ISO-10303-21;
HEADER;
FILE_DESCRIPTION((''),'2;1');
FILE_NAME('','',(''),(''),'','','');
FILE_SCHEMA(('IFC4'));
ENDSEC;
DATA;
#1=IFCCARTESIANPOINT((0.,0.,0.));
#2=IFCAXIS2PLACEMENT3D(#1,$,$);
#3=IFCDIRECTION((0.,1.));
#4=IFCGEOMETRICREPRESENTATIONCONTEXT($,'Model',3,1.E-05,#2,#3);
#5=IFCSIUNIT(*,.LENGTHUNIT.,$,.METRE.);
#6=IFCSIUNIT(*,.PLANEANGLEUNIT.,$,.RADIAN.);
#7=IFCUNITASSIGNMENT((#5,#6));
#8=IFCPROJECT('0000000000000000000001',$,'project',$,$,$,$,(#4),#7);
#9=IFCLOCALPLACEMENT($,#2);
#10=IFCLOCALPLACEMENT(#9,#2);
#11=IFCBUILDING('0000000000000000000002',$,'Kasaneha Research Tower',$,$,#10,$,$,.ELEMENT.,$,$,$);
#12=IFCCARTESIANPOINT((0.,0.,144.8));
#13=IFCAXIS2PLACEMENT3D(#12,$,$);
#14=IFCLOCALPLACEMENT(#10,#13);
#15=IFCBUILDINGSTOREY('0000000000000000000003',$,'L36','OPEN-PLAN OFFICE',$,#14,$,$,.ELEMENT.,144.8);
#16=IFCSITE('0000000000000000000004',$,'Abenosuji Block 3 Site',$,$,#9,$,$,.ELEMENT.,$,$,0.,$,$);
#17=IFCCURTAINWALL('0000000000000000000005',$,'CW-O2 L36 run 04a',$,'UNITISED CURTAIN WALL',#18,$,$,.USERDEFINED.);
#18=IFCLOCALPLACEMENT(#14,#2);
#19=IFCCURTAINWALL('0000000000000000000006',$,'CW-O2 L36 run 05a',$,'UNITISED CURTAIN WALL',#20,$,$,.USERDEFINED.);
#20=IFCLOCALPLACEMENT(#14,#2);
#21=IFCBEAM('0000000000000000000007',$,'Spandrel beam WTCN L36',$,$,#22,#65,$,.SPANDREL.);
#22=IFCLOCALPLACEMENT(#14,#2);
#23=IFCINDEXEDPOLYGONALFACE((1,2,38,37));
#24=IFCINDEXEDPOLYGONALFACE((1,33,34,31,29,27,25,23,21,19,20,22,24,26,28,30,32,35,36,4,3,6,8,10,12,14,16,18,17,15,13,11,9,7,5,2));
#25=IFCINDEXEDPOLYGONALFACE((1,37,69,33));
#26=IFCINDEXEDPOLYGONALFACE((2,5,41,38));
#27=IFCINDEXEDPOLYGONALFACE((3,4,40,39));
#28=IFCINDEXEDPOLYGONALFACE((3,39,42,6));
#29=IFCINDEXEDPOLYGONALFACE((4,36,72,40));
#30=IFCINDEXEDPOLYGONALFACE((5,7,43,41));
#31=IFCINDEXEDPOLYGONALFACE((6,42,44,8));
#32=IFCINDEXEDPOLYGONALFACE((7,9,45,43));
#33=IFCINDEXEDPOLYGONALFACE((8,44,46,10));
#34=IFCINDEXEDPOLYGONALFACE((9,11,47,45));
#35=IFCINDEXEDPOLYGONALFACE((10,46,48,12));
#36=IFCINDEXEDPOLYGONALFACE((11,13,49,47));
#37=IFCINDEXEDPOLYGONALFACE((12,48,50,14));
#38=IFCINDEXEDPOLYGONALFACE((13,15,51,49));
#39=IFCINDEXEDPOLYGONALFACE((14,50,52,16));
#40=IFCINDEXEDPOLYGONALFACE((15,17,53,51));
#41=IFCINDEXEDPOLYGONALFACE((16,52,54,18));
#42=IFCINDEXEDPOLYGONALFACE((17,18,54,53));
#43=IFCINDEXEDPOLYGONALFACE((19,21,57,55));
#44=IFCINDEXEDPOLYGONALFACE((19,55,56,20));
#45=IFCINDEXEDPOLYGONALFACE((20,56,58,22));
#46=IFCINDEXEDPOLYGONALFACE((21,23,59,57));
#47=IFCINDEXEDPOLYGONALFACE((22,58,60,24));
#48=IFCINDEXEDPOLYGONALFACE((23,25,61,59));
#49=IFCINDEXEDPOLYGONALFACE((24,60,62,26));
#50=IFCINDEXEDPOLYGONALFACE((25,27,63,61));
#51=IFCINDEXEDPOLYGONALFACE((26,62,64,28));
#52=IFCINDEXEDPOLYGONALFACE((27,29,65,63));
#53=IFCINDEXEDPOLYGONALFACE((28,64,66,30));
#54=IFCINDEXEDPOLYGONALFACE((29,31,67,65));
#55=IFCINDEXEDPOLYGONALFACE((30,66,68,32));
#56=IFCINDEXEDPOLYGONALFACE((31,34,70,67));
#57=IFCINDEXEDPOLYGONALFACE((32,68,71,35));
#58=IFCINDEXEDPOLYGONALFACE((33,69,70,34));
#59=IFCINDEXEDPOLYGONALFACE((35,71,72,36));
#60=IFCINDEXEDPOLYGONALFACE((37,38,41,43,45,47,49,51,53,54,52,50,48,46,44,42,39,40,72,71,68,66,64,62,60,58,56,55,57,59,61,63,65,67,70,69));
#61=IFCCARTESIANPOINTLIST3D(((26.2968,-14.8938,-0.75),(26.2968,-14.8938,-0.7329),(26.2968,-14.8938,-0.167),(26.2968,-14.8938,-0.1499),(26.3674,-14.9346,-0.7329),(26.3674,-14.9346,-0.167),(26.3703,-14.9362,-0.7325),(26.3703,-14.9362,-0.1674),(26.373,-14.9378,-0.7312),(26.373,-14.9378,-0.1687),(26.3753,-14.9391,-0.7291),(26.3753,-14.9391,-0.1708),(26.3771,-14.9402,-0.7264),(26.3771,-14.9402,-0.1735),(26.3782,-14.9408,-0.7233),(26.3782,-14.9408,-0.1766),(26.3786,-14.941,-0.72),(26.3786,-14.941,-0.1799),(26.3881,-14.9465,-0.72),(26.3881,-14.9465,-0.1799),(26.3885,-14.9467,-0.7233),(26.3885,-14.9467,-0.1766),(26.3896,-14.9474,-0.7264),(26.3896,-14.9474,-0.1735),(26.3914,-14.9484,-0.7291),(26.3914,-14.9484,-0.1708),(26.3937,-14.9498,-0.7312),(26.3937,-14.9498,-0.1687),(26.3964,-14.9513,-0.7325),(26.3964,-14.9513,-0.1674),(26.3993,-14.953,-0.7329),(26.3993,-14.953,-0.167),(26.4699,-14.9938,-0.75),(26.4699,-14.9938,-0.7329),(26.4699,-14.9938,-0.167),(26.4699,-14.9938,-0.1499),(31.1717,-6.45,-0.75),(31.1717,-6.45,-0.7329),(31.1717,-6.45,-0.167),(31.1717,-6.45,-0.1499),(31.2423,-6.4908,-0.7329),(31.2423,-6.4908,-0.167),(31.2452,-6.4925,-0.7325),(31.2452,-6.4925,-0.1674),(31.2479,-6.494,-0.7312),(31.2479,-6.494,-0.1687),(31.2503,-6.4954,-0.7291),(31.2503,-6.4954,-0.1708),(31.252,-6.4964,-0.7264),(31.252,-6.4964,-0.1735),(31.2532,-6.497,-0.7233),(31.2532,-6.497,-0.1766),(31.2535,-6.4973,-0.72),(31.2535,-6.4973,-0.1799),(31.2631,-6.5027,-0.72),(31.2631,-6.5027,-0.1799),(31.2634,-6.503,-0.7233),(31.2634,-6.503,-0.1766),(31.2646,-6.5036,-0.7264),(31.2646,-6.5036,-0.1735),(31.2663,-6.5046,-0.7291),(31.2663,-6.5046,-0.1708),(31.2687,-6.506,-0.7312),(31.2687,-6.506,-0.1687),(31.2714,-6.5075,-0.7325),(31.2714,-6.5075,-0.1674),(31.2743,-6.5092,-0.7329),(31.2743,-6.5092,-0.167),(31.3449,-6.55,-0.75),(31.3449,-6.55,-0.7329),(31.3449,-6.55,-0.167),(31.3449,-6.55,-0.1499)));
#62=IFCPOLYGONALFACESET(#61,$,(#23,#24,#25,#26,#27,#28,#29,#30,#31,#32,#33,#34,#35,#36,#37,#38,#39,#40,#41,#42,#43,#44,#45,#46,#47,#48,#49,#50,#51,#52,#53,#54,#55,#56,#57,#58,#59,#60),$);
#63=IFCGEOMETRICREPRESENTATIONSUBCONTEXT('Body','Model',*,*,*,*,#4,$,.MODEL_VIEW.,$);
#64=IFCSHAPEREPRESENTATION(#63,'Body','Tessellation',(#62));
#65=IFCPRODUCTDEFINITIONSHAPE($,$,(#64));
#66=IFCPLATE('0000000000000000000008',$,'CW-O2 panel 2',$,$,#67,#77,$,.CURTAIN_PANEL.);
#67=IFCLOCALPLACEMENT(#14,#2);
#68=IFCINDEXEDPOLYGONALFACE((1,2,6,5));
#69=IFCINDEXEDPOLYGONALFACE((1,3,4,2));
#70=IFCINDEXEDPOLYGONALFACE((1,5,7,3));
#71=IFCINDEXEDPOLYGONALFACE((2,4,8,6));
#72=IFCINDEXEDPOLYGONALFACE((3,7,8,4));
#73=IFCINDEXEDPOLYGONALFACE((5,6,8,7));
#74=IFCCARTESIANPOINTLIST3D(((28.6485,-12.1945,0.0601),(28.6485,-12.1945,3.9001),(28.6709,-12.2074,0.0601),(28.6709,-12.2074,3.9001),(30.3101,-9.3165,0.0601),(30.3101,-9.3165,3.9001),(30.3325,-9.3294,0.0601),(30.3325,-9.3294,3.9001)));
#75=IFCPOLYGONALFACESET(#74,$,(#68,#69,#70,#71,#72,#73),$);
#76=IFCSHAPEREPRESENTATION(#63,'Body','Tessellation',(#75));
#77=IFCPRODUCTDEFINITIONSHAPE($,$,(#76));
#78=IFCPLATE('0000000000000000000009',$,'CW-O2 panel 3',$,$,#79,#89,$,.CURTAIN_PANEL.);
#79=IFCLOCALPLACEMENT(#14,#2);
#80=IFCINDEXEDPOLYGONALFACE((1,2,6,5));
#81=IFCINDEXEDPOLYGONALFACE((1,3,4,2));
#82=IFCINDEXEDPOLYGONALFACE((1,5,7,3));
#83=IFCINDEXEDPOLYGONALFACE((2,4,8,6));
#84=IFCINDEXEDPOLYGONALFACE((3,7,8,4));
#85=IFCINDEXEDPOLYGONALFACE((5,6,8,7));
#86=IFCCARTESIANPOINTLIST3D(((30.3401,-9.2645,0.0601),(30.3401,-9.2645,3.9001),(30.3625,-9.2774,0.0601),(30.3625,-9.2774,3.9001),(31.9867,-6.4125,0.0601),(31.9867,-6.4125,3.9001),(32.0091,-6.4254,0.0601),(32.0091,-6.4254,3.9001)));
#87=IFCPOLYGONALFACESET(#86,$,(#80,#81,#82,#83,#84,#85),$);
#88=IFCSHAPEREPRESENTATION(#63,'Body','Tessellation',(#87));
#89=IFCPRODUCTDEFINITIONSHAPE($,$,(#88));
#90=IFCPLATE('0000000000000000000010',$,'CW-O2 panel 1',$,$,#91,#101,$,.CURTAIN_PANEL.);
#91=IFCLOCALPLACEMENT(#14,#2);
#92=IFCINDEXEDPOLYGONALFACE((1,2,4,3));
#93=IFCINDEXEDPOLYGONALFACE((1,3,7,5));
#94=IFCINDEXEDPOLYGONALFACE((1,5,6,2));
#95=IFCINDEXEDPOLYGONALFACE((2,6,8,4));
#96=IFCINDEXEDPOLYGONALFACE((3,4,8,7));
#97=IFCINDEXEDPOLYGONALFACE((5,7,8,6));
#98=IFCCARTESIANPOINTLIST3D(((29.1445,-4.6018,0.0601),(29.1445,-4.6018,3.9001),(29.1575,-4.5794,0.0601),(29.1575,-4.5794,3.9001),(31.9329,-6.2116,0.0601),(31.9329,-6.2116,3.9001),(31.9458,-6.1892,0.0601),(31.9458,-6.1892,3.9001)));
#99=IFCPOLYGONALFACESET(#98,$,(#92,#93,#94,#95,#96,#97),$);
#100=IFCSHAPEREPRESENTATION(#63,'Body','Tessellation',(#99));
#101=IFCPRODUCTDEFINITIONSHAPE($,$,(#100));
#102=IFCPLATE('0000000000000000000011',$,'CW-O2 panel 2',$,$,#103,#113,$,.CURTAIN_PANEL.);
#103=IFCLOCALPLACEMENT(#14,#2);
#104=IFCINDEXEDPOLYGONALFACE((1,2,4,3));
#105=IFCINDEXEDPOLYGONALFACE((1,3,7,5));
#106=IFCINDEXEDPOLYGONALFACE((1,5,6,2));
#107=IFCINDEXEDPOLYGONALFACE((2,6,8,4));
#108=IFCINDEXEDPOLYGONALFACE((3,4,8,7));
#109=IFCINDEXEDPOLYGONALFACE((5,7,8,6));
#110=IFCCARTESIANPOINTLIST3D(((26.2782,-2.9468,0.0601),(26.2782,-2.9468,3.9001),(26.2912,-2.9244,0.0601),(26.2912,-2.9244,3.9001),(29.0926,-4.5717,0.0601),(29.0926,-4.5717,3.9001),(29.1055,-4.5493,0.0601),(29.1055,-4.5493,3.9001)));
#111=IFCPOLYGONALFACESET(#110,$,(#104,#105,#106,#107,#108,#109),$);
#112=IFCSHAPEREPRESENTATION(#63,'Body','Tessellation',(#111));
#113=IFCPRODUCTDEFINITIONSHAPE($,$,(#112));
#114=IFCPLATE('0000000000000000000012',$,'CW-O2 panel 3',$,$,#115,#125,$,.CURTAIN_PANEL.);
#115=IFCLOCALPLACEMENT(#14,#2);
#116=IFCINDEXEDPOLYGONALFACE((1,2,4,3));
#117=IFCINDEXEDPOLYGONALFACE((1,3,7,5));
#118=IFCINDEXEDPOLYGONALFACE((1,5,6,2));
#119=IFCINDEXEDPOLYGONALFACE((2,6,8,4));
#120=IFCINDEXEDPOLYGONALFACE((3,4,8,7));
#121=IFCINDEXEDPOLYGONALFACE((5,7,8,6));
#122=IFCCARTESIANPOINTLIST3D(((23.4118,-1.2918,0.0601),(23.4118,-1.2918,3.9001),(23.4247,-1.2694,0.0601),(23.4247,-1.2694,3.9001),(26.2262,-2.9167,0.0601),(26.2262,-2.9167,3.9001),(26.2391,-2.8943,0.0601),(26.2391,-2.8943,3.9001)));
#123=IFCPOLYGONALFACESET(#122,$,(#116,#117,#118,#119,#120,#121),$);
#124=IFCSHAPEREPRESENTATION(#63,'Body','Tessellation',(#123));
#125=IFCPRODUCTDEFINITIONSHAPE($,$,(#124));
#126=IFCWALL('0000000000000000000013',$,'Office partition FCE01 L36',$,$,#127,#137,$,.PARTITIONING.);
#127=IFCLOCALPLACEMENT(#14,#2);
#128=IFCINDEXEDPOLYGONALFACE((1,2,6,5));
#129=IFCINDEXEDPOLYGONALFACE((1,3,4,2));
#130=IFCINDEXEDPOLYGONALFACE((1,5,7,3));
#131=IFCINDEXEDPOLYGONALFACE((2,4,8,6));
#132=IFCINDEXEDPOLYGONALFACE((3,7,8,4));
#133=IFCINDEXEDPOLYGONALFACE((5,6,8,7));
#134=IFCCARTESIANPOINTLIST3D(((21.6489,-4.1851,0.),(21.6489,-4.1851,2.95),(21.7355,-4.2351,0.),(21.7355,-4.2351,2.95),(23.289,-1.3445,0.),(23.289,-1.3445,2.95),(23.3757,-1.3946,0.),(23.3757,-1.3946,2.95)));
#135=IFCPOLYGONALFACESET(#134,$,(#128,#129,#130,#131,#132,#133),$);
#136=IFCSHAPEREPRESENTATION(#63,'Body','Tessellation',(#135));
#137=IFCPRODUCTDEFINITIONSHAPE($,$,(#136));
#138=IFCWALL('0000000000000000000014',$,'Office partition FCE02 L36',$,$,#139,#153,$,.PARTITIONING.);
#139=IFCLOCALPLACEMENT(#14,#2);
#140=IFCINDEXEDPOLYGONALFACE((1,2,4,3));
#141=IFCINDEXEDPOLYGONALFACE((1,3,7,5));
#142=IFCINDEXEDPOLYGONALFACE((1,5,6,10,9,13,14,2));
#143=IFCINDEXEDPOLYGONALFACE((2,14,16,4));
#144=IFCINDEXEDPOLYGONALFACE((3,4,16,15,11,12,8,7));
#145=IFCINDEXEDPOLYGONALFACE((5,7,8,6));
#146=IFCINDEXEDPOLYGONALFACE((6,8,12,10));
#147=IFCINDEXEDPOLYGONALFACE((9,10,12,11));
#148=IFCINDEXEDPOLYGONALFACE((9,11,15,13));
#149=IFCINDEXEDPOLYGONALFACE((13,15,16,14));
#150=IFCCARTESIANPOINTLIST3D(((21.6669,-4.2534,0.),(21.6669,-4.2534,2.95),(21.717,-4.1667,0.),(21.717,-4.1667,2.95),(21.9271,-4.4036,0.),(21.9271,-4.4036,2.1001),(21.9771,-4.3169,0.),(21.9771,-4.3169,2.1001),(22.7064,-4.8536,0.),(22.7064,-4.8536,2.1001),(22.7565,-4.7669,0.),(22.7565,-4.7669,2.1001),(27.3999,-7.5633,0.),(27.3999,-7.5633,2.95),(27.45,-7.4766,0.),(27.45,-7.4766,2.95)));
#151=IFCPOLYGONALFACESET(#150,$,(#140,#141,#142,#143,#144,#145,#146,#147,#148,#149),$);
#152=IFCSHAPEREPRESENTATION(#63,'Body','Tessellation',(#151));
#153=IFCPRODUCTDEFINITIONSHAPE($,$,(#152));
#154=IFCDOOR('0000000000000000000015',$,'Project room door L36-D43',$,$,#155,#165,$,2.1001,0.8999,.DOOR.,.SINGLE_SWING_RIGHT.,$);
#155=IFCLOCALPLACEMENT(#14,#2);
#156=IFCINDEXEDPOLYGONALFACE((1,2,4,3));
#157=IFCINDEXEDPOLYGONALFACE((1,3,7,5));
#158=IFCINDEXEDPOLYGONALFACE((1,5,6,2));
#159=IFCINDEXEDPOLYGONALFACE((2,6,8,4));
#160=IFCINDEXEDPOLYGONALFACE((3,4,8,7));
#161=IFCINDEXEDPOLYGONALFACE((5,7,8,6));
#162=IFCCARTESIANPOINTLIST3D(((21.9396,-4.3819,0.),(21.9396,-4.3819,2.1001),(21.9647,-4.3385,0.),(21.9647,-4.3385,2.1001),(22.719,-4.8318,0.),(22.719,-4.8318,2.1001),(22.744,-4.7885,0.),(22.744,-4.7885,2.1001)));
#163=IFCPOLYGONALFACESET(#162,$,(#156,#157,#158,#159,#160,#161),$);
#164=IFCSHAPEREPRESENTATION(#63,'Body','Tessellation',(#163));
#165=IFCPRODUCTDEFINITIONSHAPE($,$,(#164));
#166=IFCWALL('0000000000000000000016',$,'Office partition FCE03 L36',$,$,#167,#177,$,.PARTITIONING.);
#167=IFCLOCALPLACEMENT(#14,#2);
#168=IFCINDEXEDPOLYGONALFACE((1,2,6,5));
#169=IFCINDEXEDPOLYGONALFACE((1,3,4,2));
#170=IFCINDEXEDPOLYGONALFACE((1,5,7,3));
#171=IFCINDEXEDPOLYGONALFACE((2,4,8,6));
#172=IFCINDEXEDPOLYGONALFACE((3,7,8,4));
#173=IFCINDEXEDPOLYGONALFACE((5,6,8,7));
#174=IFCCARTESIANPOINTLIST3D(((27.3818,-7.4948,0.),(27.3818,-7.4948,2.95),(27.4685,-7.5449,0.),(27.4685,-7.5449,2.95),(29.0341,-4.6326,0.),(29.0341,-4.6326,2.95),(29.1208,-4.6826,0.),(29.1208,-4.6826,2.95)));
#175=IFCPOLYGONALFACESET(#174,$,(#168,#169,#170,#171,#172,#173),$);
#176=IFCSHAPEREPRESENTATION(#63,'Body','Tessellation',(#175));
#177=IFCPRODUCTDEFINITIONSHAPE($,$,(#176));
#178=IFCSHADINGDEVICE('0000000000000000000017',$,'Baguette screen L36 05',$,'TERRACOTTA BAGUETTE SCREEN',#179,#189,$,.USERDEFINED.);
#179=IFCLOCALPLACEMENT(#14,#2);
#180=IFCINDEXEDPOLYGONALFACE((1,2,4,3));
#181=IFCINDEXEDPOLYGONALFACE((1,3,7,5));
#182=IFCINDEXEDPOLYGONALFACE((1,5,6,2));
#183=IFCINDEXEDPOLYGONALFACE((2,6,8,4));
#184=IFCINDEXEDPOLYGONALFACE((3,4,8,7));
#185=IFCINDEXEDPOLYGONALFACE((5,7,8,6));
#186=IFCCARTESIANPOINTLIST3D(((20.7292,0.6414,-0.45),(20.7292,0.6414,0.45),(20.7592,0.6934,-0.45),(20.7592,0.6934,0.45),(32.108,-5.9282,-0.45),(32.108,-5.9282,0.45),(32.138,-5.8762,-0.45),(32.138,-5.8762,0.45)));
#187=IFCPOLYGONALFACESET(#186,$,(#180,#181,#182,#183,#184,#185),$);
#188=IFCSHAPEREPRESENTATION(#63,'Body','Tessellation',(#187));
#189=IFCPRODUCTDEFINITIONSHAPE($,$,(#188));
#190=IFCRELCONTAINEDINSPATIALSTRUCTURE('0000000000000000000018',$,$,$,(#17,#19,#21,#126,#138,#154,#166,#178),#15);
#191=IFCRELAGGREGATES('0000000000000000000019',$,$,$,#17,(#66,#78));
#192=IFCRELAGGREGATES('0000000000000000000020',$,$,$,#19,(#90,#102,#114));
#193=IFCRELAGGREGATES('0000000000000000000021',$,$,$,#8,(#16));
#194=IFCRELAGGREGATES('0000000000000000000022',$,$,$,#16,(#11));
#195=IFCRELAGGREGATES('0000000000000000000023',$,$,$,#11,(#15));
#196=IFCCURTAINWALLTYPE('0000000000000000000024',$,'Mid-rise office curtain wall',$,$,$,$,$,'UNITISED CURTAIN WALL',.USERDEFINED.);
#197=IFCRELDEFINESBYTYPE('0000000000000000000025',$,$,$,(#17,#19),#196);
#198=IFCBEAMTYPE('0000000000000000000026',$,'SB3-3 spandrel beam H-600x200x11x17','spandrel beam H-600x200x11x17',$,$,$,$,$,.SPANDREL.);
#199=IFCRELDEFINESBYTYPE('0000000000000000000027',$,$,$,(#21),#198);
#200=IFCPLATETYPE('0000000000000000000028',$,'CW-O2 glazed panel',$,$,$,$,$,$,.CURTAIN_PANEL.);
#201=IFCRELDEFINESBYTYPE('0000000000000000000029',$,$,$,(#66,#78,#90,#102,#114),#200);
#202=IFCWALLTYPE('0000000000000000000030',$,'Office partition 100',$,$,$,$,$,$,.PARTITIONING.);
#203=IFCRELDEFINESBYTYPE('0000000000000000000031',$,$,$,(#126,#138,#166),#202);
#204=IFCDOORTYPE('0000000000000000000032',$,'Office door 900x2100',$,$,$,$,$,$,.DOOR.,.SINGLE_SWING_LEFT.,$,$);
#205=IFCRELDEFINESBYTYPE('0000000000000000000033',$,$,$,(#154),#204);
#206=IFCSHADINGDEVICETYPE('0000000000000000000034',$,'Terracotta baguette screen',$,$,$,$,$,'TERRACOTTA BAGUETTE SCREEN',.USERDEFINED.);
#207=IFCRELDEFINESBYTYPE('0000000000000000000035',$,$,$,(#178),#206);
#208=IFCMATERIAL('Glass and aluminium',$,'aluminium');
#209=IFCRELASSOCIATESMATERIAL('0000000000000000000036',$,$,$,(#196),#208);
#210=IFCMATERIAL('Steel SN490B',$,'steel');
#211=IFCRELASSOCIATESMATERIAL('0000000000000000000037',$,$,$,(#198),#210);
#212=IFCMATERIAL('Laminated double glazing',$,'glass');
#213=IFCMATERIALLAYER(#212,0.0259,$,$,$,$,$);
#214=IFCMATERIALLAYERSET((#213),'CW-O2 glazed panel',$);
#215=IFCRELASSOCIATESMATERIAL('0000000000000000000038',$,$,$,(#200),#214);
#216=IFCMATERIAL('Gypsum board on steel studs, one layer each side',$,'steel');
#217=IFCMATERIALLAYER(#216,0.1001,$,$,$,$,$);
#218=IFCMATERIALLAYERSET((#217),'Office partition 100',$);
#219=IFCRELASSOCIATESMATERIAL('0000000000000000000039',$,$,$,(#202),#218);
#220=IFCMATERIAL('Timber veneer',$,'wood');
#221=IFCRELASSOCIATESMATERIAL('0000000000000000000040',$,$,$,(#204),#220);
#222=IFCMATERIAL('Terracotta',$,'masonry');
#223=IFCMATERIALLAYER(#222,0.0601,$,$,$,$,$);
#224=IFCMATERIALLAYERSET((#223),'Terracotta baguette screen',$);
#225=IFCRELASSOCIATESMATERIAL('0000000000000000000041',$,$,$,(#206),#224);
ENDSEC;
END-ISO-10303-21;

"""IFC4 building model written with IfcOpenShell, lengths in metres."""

from ifc_helpers import new_model, si_unit, direction, frame, frame_2d, origin, origin_2d, place, context, subcontext, project, spatial, rectangle, i_section, extrude, material, layer, layer_set, material_profile, profile_set, type_object, element, fill, aggregate, save


model = new_model("IFC4")

# Units and contexts
model_context = context("Model", 3, precision=1e-05, world=origin(), true_north=direction((0.0, 1.0)))
body_context = subcontext(model_context, "Body", "Model", "MODEL_VIEW")
ifc_project = project(units=[si_unit("LENGTHUNIT", "METRE"), si_unit("PLANEANGLEUNIT", "RADIAN")], contexts=[model_context])

# Site, building, storey
site_placement = place(None, origin())
site = spatial("IfcSite", under=ifc_project, at=site_placement, Name="Abenosuji Block 3 Site", CompositionType="ELEMENT", RefElevation=0.0)
building_placement = place(site_placement, origin())
building = spatial("IfcBuilding", under=site, at=building_placement, Name="Kasaneha Research Tower", CompositionType="ELEMENT")
storey_placement = place(building_placement, frame((0.0, 0.0, 144.8)))
storey = spatial("IfcBuildingStorey", under=building, at=storey_placement, Name="L36", Description="OPEN-PLAN OFFICE", CompositionType="ELEMENT", Elevation=144.8)

# Curtain walls
ifc_material_1 = material(Name="Glass and aluminium", Category="aluminium")
curtain_wall_type = type_object("IfcCurtainWallType", Name="Mid-rise office curtain wall", ElementType="UNITISED CURTAIN WALL", PredefinedType="USERDEFINED", material=ifc_material_1)
curtain_wall_1_placement = place(storey_placement, origin())
curtain_wall_1 = element("IfcCurtainWall", 1, at=curtain_wall_1_placement, inside=storey, type_object=curtain_wall_type, Name="CW-O2 L36 run 04a", ObjectType="UNITISED CURTAIN WALL", PredefinedType="USERDEFINED")
curtain_wall_2_placement = place(storey_placement, origin())
curtain_wall_2 = element("IfcCurtainWall", 2, at=curtain_wall_2_placement, inside=storey, type_object=curtain_wall_type, Name="CW-O2 L36 run 05a", ObjectType="UNITISED CURTAIN WALL", PredefinedType="USERDEFINED")

# Beam
ifc_material_2 = material(Name="Steel SN490B", Category="steel")
ifc_material_profile_1 = material_profile(ifc_material_2, i_section(OverallWidth=0.2, OverallDepth=0.6001, WebThickness=0.011, FlangeThickness=0.0171, FilletRadius=0.0129, at=origin_2d()), Name="H-600x200x11x17")
ifc_profile_set_1 = profile_set([ifc_material_profile_1], Name="Steel SN490B")
beam_type_1 = type_object("IfcBeamType", Name="SB3-3 spandrel beam H-600x200x11x17", Description="spandrel beam H-600x200x11x17", PredefinedType="SPANDREL", material=ifc_profile_set_1)
beam_1_placement = place(storey_placement, frame((31.2583, -6.5, -0.45), z_axis=(-0.499996, -0.866028, 0.0), x_axis=(0.866028, -0.499996, 0.0)))
element("IfcBeam", 3, at=beam_1_placement, inside=storey, type_object=beam_type_1, Name="Spandrel beam WTCN L36", PredefinedType="SPANDREL", context=body_context, shape_type="SweptSolid", body=[
    extrude(i_section(OverallWidth=0.2, OverallDepth=0.6001, WebThickness=0.011, FlangeThickness=0.0171, FilletRadius=0.0129, at=origin_2d()), origin(), (0.0, 0.0, 1.0), 9.75),
])

# Plates
ifc_material_3 = material(Name="Laminated double glazing", Category="glass")
ifc_layer_1 = layer(ifc_material_3, 0.0259)
ifc_layer_set_1 = layer_set([ifc_layer_1], Name="CW-O2 glazed panel")
plate_type = type_object("IfcPlateType", Name="CW-O2 glazed panel", PredefinedType="CURTAIN_PANEL", material=ifc_layer_set_1)
plate_1_placement = place(storey_placement, frame((29.4905, -10.762, 0.0601), z_axis=(0.0, 0.0, 1.0), x_axis=(0.5, 0.866025, 0.0)))
plate_1 = element("IfcPlate", 4, at=plate_1_placement, type_object=plate_type, Name="CW-O2 panel 2", PredefinedType="CURTAIN_PANEL", context=body_context, shape_type="SweptSolid", body=[
    extrude(rectangle(XDim=3.3232, YDim=0.0259, at=origin_2d()), origin(), (0.0, 0.0, 1.0), 3.8401),
])
plate_2_placement = place(storey_placement, frame((31.1746, -7.845, 0.0601), z_axis=(0.0, 0.0, 1.0), x_axis=(0.5, 0.866025, 0.0)))
plate_2 = element("IfcPlate", 5, at=plate_2_placement, type_object=plate_type, Name="CW-O2 panel 3", PredefinedType="CURTAIN_PANEL", context=body_context, shape_type="SweptSolid", body=[
    extrude(rectangle(XDim=3.2932, YDim=0.0259, at=origin_2d()), origin(), (0.0, 0.0, 1.0), 3.8401),
])
aggregate(curtain_wall_1, [plate_1, plate_2])
plate_3_placement = place(storey_placement, frame((30.5452, -5.3955, 0.0601), z_axis=(0.0, 0.0, 1.0), x_axis=(-0.866025, 0.5, 0.0)))
plate_3 = element("IfcPlate", 6, at=plate_3_placement, type_object=plate_type, Name="CW-O2 panel 1", PredefinedType="CURTAIN_PANEL", context=body_context, shape_type="SweptSolid", body=[
    extrude(rectangle(XDim=3.2197, YDim=0.0259, at=origin_2d()), origin(), (0.0, 0.0, 1.0), 3.8401),
])
plate_4_placement = place(storey_placement, frame((27.6919, -3.748, 0.0601), z_axis=(0.0, 0.0, 1.0), x_axis=(-0.866025, 0.5, 0.0)))
plate_4 = element("IfcPlate", 7, at=plate_4_placement, type_object=plate_type, Name="CW-O2 panel 2", PredefinedType="CURTAIN_PANEL", context=body_context, shape_type="SweptSolid", body=[
    extrude(rectangle(XDim=3.2498, YDim=0.0259, at=origin_2d()), origin(), (0.0, 0.0, 1.0), 3.8401),
])
plate_5_placement = place(storey_placement, frame((24.8254, -2.093, 0.0601), z_axis=(0.0, 0.0, 1.0), x_axis=(-0.866025, 0.5, 0.0)))
plate_5 = element("IfcPlate", 8, at=plate_5_placement, type_object=plate_type, Name="CW-O2 panel 3", PredefinedType="CURTAIN_PANEL", context=body_context, shape_type="SweptSolid", body=[
    extrude(rectangle(XDim=3.2498, YDim=0.0259, at=origin_2d()), origin(), (0.0, 0.0, 1.0), 3.8401),
])
aggregate(curtain_wall_2, [plate_3, plate_4, plate_5])

# Wall
ifc_material_4 = material(Name="Gypsum board on steel studs, one layer each side", Category="steel")
ifc_layer_2 = layer(ifc_material_4, 0.1001)
ifc_layer_set_2 = layer_set([ifc_layer_2], Name="Office partition 100")
wall_type = type_object("IfcWallType", Name="Office partition 100", PredefinedType="PARTITIONING", material=ifc_layer_set_2)
wall_1_placement = place(storey_placement, frame((21.6921, -4.2102, 0.0), z_axis=(0.0, 0.0, 1.0), x_axis=(0.50003, 0.866008, 0.0)))
element("IfcWall", 9, at=wall_1_placement, inside=storey, type_object=wall_type, Name="Office partition FCE01 L36", PredefinedType="PARTITIONING", context=body_context, shape_type="SweptSolid", body=[
    extrude(rectangle(XDim=3.28, YDim=0.1001, at=frame_2d((1.6401, 0.0))), origin(), (0.0, 0.0, 1.0), 2.95),
])

# Wall, opening, door
wall_2_placement = place(storey_placement, frame((27.425, -7.52, 0.0), z_axis=(0.0, 0.0, 1.0), x_axis=(-0.866031, 0.499991, 0.0)))
wall_2 = element("IfcWall", 10, at=wall_2_placement, inside=storey, type_object=wall_type, Name="Office partition FCE02 L36", PredefinedType="PARTITIONING", context=body_context, shape_type="SweptSolid", body=[
    extrude(rectangle(XDim=6.6199, YDim=0.1001, at=frame_2d((3.3101, 0.0))), origin(), (0.0, 0.0, 1.0), 2.95),
])
opening_placement = place(wall_2_placement, frame((5.4197, 0.0, 0.0)))
opening = element("IfcOpeningElement", 11, at=opening_placement, cuts=wall_2, PredefinedType="OPENING", context=body_context, shape_type="SweptSolid", body=[
    extrude(rectangle(XDim=0.8999, YDim=2.1001, at=frame_2d((0.45, 1.05))), frame((0.0, 0.0601, 0.0), z_axis=(0.0, -1.0, 0.0), x_axis=(1.0, 0.0, 0.0)), (0.0, 0.0, 1.0), 0.1201),
])
ifc_material_5 = material(Name="Timber veneer", Category="wood")
door_type = type_object("IfcDoorType", Name="Office door 900x2100", OperationType="SINGLE_SWING_LEFT", PredefinedType="DOOR", material=ifc_material_5)
door_placement = place(opening_placement, origin())
door = element("IfcDoor", 12, at=door_placement, inside=storey, type_object=door_type, Name="Project room door L36-D43", OperationType="SINGLE_SWING_RIGHT", OverallHeight=2.1001, OverallWidth=0.8999, PredefinedType="DOOR", context=body_context, shape_type="SweptSolid", body=[
    extrude(rectangle(XDim=0.8999, YDim=2.1001, at=frame_2d((0.45, 1.05))), frame((0.0, 0.0249, 0.0), z_axis=(0.0, -1.0, 0.0), x_axis=(1.0, 0.0, 0.0)), (0.0, 0.0, 1.0), 0.05),
])
fill(opening, door)

# Wall
wall_3_placement = place(storey_placement, frame((29.0774, -4.6577, 0.0), z_axis=(0.0, 0.0, 1.0), x_axis=(-0.499953, -0.866053, 0.0)))
element("IfcWall", 13, at=wall_3_placement, inside=storey, type_object=wall_type, Name="Office partition FCE03 L36", PredefinedType="PARTITIONING", context=body_context, shape_type="SweptSolid", body=[
    extrude(rectangle(XDim=3.3049, YDim=0.1001, at=frame_2d((1.6523, 0.0))), origin(), (0.0, 0.0, 1.0), 2.95),
])

# Shading device
ifc_material_6 = material(Name="Terracotta", Category="masonry")
ifc_layer_3 = layer(ifc_material_6, 0.0601)
ifc_layer_set_3 = layer_set([ifc_layer_3], Name="Terracotta baguette screen")
shading_device_type = type_object("IfcShadingDeviceType", Name="Terracotta baguette screen", ElementType="TERRACOTTA BAGUETTE SCREEN", PredefinedType="USERDEFINED", material=ifc_layer_set_3)
shading_device_placement = place(storey_placement, frame((26.4336, -2.6174, -0.45), z_axis=(0.0, 0.0, 1.0), x_axis=(-0.866025, 0.5, 0.0)))
element("IfcShadingDevice", 14, at=shading_device_placement, inside=storey, type_object=shading_device_type, Name="Baguette screen L36 05", ObjectType="TERRACOTTA BAGUETTE SCREEN", PredefinedType="USERDEFINED", context=body_context, shape_type="SweptSolid", body=[
    extrude(rectangle(XDim=13.1392, YDim=0.0601, at=origin_2d()), origin(), (0.0, 0.0, 1.0), 0.8999),
])

save(model, "model.ifc")
